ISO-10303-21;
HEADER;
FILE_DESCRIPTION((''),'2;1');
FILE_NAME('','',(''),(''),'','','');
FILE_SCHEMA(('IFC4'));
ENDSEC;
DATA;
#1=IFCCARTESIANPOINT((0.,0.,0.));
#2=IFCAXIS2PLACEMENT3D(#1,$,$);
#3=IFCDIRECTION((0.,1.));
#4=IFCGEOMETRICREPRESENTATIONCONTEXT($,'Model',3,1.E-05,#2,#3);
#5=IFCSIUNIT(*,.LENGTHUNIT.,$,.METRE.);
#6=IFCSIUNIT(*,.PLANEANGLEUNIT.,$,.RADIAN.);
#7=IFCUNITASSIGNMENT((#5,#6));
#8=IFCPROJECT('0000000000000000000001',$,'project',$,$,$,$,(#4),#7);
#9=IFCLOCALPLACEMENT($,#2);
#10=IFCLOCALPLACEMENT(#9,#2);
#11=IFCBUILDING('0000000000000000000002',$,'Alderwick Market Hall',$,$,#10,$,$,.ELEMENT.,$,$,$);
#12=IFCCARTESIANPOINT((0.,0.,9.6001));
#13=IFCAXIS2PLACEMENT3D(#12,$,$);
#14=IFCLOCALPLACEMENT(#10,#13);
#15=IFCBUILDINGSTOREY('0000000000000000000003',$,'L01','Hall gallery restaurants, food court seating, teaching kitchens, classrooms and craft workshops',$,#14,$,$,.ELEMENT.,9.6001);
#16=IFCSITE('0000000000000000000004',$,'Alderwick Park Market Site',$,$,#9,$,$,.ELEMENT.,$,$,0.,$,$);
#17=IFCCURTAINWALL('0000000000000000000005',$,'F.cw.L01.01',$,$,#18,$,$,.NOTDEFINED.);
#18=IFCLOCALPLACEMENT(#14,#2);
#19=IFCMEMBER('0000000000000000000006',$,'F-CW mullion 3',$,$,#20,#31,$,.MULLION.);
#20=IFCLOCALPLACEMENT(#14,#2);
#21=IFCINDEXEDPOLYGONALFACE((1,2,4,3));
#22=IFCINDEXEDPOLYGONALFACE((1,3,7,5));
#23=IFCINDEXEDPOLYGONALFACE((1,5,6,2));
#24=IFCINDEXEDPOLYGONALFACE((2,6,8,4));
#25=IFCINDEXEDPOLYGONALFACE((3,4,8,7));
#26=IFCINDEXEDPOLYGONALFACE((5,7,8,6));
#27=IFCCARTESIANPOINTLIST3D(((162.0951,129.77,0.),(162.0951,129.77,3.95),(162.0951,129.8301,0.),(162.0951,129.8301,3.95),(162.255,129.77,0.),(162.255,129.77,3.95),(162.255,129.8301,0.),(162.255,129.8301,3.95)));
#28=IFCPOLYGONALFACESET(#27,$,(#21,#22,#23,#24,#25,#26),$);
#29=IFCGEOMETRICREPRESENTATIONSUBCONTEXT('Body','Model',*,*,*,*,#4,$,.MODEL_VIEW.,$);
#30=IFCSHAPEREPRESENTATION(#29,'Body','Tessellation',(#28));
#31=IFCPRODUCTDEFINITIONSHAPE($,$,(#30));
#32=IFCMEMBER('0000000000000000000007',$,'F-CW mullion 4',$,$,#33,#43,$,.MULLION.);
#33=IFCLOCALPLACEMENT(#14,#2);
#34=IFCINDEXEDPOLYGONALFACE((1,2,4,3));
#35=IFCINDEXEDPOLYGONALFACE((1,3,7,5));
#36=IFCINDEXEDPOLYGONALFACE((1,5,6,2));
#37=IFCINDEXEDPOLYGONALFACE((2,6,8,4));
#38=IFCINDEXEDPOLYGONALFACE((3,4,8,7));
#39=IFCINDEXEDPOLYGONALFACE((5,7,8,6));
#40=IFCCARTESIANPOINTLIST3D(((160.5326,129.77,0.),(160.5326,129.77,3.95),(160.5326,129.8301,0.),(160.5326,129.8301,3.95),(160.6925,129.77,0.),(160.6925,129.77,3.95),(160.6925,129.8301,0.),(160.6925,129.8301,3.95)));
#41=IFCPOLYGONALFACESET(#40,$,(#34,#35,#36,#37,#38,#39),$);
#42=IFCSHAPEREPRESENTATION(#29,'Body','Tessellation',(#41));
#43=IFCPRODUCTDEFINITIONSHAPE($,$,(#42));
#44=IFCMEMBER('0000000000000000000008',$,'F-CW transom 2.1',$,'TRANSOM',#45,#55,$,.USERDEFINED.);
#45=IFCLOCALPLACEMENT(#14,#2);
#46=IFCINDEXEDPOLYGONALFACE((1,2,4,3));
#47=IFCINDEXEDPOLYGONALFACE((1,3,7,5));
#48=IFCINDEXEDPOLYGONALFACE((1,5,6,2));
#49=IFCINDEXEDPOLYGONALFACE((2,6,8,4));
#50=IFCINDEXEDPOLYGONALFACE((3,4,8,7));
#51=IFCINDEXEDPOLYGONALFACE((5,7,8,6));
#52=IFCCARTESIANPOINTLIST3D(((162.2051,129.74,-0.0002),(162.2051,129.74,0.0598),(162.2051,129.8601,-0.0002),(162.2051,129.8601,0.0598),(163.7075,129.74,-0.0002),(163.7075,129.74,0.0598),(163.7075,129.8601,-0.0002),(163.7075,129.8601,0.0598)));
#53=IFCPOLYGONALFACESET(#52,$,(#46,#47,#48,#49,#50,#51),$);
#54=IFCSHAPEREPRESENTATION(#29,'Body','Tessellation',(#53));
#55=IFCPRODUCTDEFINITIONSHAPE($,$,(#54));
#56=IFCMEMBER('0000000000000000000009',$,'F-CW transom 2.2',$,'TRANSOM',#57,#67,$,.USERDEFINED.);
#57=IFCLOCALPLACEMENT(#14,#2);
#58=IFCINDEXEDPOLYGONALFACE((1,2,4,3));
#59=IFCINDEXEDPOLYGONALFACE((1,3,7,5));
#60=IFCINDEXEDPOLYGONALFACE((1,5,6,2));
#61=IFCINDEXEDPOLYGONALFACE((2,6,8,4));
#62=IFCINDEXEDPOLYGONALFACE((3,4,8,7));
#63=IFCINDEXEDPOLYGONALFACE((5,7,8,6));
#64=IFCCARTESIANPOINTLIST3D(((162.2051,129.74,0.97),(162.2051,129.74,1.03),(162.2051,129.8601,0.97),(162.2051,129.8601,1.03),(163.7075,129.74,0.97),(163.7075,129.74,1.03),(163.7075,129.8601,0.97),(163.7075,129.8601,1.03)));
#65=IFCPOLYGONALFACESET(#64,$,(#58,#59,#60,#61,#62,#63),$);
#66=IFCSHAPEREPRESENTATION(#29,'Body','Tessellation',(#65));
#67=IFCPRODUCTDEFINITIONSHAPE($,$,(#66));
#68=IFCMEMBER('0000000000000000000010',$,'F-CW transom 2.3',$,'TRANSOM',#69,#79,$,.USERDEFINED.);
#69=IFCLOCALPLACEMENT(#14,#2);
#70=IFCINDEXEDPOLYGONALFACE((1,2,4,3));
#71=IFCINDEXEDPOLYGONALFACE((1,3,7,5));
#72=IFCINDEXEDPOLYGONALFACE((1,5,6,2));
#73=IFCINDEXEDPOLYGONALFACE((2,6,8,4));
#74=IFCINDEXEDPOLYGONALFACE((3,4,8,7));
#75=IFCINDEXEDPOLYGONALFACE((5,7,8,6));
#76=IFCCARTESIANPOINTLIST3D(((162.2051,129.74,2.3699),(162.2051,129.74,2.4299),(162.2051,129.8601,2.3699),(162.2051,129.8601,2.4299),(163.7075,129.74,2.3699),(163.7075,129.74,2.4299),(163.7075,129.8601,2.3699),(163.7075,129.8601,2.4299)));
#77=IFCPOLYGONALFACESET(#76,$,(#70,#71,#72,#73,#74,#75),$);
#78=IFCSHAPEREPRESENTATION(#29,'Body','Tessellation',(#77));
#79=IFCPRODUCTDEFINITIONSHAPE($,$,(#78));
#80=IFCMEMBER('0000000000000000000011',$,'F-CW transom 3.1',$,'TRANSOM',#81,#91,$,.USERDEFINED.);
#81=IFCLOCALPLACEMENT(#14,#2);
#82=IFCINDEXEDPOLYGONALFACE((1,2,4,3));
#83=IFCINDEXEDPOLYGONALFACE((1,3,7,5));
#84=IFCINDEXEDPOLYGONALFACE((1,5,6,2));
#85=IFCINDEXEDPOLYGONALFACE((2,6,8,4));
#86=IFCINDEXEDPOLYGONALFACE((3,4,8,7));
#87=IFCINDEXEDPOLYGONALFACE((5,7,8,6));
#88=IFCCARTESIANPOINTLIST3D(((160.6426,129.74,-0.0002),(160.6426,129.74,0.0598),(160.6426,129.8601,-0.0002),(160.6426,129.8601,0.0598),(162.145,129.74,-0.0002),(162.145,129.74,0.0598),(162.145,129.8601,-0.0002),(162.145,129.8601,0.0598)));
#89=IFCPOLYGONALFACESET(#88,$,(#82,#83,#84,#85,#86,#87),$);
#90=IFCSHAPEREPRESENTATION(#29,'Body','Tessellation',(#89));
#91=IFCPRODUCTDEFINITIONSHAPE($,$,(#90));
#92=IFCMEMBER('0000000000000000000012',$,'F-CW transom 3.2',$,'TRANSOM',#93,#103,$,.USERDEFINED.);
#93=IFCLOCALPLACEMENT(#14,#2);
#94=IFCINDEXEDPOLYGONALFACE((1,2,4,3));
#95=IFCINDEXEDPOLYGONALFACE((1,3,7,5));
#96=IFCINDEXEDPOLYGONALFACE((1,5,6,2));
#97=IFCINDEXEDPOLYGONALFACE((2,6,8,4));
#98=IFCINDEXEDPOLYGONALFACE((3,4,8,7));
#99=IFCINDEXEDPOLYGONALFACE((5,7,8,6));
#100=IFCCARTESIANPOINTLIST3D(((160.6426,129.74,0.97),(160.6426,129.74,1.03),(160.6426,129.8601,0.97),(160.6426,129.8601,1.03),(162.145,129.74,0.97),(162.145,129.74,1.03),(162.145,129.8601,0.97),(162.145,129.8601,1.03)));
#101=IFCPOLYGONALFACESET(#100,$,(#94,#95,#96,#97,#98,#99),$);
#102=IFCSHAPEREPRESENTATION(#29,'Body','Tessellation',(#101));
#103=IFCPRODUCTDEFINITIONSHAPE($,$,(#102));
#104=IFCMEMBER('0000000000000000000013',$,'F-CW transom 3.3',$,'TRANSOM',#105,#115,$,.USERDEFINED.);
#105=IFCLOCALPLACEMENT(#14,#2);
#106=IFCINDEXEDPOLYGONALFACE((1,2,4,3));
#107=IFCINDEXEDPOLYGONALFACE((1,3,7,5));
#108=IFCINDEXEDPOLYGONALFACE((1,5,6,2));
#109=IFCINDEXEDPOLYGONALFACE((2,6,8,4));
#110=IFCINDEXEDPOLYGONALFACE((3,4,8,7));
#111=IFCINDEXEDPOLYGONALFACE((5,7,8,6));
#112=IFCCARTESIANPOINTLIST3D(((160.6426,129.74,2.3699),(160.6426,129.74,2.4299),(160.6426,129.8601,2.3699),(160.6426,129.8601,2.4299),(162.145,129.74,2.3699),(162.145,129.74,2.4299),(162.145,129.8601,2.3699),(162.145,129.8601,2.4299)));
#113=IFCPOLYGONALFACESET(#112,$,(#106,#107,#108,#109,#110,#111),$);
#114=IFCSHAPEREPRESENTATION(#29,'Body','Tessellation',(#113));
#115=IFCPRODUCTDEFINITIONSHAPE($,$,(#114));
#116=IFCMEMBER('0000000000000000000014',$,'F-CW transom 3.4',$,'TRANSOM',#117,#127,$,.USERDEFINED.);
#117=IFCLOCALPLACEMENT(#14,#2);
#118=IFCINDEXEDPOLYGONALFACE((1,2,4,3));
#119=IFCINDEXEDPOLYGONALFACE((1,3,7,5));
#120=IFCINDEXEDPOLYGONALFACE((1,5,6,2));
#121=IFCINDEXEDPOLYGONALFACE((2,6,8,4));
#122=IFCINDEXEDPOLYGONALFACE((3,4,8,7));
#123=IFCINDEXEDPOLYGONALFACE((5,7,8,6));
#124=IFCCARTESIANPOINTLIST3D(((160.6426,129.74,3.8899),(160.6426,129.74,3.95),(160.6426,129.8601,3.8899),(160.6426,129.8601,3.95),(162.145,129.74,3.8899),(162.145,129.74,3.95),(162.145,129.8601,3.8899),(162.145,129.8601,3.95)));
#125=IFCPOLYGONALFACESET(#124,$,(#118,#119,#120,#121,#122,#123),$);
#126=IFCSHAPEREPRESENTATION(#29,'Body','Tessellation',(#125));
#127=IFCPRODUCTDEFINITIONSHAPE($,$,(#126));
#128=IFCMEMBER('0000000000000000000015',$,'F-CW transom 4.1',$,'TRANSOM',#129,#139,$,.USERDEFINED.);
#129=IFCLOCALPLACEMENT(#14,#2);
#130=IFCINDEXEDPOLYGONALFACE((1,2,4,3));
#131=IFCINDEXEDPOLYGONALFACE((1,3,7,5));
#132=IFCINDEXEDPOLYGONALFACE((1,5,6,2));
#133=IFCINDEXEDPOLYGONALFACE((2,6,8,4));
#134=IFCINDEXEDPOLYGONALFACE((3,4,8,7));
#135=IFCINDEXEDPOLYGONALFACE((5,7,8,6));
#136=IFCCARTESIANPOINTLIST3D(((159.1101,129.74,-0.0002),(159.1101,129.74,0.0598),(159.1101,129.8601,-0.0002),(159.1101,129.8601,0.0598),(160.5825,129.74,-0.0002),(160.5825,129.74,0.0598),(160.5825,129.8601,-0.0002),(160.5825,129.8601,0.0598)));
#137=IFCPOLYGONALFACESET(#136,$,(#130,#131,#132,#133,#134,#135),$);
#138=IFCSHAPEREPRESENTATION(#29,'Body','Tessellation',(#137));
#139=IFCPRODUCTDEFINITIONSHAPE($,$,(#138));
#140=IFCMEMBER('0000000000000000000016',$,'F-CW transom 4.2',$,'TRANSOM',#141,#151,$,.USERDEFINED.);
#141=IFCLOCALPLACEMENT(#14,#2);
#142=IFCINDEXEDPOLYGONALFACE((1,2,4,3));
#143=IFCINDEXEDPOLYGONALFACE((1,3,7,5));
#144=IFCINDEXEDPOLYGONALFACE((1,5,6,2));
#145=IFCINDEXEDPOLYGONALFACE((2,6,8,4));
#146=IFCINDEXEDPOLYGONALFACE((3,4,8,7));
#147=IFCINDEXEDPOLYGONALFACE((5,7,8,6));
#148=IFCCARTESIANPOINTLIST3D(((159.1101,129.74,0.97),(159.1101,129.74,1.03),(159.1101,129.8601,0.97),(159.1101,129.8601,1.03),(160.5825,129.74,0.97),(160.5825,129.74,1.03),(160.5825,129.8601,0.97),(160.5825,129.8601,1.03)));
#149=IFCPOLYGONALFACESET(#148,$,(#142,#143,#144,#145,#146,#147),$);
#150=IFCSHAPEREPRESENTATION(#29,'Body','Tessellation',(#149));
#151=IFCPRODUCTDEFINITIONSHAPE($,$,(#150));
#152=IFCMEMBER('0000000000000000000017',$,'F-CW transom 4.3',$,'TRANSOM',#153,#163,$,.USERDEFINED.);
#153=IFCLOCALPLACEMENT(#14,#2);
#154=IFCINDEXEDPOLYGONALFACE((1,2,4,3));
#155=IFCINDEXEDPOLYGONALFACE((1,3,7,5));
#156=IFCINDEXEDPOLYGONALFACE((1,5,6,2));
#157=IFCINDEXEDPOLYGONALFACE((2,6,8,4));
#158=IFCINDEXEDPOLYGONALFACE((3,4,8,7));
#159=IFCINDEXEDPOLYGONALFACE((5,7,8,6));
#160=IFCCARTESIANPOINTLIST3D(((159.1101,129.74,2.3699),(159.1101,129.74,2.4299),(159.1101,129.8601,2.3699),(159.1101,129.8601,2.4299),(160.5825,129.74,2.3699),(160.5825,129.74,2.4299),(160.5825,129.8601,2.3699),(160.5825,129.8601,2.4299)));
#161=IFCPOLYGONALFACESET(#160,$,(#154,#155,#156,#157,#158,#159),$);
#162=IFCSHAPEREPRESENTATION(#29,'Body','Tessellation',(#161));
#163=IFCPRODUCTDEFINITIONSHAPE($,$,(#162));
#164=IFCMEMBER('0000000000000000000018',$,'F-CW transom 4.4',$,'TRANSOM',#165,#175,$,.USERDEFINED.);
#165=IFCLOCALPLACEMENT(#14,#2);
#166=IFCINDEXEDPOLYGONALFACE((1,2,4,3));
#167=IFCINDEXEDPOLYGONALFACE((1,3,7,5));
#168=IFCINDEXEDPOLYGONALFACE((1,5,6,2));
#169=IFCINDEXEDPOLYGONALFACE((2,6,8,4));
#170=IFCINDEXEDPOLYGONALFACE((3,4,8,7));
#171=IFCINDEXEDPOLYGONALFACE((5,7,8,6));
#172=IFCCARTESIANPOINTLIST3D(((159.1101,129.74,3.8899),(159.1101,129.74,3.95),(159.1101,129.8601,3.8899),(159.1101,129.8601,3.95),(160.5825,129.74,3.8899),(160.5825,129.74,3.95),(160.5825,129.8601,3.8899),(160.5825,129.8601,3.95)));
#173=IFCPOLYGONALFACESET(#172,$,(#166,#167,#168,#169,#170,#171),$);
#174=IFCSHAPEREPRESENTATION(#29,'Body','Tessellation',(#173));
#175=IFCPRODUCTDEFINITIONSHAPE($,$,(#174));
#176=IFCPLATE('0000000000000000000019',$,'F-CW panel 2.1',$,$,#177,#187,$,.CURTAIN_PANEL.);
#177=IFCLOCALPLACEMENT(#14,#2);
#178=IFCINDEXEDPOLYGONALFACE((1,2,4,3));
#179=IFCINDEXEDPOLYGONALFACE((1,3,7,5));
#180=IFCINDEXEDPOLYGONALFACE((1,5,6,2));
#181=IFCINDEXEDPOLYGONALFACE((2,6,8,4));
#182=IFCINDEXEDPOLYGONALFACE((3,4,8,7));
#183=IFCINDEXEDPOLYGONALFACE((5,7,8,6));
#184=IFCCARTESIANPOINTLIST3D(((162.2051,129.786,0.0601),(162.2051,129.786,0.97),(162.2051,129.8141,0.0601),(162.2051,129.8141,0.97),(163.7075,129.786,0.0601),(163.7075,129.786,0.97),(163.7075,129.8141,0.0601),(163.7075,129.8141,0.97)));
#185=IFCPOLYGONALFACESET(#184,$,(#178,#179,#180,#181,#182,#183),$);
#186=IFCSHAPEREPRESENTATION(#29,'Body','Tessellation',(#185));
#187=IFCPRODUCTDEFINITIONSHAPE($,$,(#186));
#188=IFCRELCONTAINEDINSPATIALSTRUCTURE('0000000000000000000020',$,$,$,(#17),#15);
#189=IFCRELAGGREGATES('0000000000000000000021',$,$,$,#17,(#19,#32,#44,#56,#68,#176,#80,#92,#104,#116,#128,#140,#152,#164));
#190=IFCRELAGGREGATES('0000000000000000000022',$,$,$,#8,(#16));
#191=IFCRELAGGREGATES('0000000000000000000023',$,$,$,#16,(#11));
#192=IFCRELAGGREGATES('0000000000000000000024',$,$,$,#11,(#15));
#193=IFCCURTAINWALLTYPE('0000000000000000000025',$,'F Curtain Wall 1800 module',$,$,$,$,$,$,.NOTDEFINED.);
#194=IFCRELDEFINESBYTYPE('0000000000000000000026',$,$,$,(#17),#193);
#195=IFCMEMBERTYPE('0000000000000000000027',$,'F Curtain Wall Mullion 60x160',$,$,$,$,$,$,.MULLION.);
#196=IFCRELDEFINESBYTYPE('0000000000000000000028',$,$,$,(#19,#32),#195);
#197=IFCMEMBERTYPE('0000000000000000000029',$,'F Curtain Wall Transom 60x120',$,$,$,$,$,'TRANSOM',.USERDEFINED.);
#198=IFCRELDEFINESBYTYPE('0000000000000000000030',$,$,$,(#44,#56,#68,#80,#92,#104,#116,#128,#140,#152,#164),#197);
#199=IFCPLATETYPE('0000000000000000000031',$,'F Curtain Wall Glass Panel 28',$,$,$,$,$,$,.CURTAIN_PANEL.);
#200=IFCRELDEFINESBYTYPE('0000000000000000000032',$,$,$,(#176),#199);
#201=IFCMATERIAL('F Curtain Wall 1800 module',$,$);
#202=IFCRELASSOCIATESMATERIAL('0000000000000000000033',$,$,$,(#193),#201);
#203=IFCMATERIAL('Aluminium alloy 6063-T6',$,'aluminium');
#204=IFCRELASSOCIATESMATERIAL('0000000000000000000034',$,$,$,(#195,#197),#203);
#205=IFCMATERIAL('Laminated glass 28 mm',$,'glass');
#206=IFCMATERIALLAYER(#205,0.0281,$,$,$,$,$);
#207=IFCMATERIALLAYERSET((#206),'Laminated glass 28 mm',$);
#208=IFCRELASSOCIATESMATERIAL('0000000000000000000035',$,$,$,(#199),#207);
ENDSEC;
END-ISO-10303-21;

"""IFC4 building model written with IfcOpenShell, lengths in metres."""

from ifc_helpers import new_model, si_unit, direction, frame, origin, origin_2d, place, context, subcontext, project, spatial, rectangle, extrude, material, layer, layer_set, material_profile, profile_set, type_object, element, aggregate, save


model = new_model("IFC4")

# Units and contexts
model_context = context("Model", 3, precision=1e-05, world=origin(), true_north=direction((0.0, 1.0)))
body_context = subcontext(model_context, "Body", "Model", "MODEL_VIEW")
ifc_project = project(units=[si_unit("LENGTHUNIT", "METRE"), si_unit("PLANEANGLEUNIT", "RADIAN")], contexts=[model_context])

# Site, building, storey
site_placement = place(None, origin())
site = spatial("IfcSite", under=ifc_project, at=site_placement, Name="Alderwick Park Market Site", CompositionType="ELEMENT", RefElevation=0.0)
building_placement = place(site_placement, origin())
building = spatial("IfcBuilding", under=site, at=building_placement, Name="Alderwick Market Hall", CompositionType="ELEMENT")
storey_placement = place(building_placement, frame((0.0, 0.0, 9.6001)))
storey = spatial("IfcBuildingStorey", under=building, at=storey_placement, Name="L01", Description="Hall gallery restaurants, food court seating, teaching kitchens, classrooms and craft workshops", CompositionType="ELEMENT", Elevation=9.6001)

# Curtain wall, members, plate
ifc_material_1 = material(Name="F Curtain Wall 1800 module")
curtain_wall_type = type_object("IfcCurtainWallType", Name="F Curtain Wall 1800 module", PredefinedType="NOTDEFINED", material=ifc_material_1)
curtain_wall_placement = place(storey_placement, origin())
curtain_wall = element("IfcCurtainWall", 1, at=curtain_wall_placement, inside=storey, type_object=curtain_wall_type, Name="F.cw.L01.01", PredefinedType="NOTDEFINED")
ifc_material_2 = material(Name="Aluminium alloy 6063-T6", Category="aluminium")
ifc_material_profile_1 = material_profile(ifc_material_2, rectangle(XDim=0.0601, YDim=0.1599, at=origin_2d()), Name="AL 60x160")
ifc_profile_set_1 = profile_set([ifc_material_profile_1], Name="Aluminium alloy 6063-T6")
member_type_1 = type_object("IfcMemberType", Name="F Curtain Wall Mullion 60x160", PredefinedType="MULLION", material=ifc_profile_set_1)
member_1_placement = place(storey_placement, frame((162.175, 129.8, 0.0), z_axis=(0.0, 0.0, 1.0), x_axis=(0.0, -1.0, 0.0)))
member_1 = element("IfcMember", 2, at=member_1_placement, type_object=member_type_1, Name="F-CW mullion 3", PredefinedType="MULLION", context=body_context, shape_type="SweptSolid", body=[
    extrude(rectangle(XDim=0.0601, YDim=0.1599, at=origin_2d()), origin(), (0.0, 0.0, 1.0), 3.95),
])
member_2_placement = place(storey_placement, frame((160.6125, 129.8, 0.0), z_axis=(0.0, 0.0, 1.0), x_axis=(0.0, -1.0, 0.0)))
member_2 = element("IfcMember", 3, at=member_2_placement, type_object=member_type_1, Name="F-CW mullion 4", PredefinedType="MULLION", context=body_context, shape_type="SweptSolid", body=[
    extrude(rectangle(XDim=0.0601, YDim=0.1599, at=origin_2d()), origin(), (0.0, 0.0, 1.0), 3.95),
])
ifc_material_profile_2 = material_profile(ifc_material_2, rectangle(XDim=0.1201, YDim=0.0601, at=origin_2d()), Name="AL 60x120")
ifc_profile_set_2 = profile_set([ifc_material_profile_2], Name="Aluminium alloy 6063-T6")
member_type_2 = type_object("IfcMemberType", Name="F Curtain Wall Transom 60x120", ElementType="TRANSOM", PredefinedType="USERDEFINED", material=ifc_profile_set_2)
member_3_placement = place(storey_placement, frame((163.7075, 129.8, 0.0298), z_axis=(-1.0, 0.0, 0.0), x_axis=(0.0, -1.0, 0.0)))
member_3 = element("IfcMember", 4, at=member_3_placement, type_object=member_type_2, Name="F-CW transom 2.1", ObjectType="TRANSOM", PredefinedType="USERDEFINED", context=body_context, shape_type="SweptSolid", body=[
    extrude(rectangle(XDim=0.1201, YDim=0.0601, at=origin_2d()), origin(), (0.0, 0.0, 1.0), 1.5024),
])
member_4_placement = place(storey_placement, frame((163.7075, 129.8, 1.0), z_axis=(-1.0, 0.0, 0.0), x_axis=(0.0, -1.0, 0.0)))
member_4 = element("IfcMember", 5, at=member_4_placement, type_object=member_type_2, Name="F-CW transom 2.2", ObjectType="TRANSOM", PredefinedType="USERDEFINED", context=body_context, shape_type="SweptSolid", body=[
    extrude(rectangle(XDim=0.1201, YDim=0.0601, at=origin_2d()), origin(), (0.0, 0.0, 1.0), 1.5024),
])
member_5_placement = place(storey_placement, frame((163.7075, 129.8, 2.3999), z_axis=(-1.0, 0.0, 0.0), x_axis=(0.0, -1.0, 0.0)))
member_5 = element("IfcMember", 6, at=member_5_placement, type_object=member_type_2, Name="F-CW transom 2.3", ObjectType="TRANSOM", PredefinedType="USERDEFINED", context=body_context, shape_type="SweptSolid", body=[
    extrude(rectangle(XDim=0.1201, YDim=0.0601, at=origin_2d()), origin(), (0.0, 0.0, 1.0), 1.5024),
])
member_6_placement = place(storey_placement, frame((162.145, 129.8, 0.0298), z_axis=(-1.0, 0.0, 0.0), x_axis=(0.0, -1.0, 0.0)))
member_6 = element("IfcMember", 7, at=member_6_placement, type_object=member_type_2, Name="F-CW transom 3.1", ObjectType="TRANSOM", PredefinedType="USERDEFINED", context=body_context, shape_type="SweptSolid", body=[
    extrude(rectangle(XDim=0.1201, YDim=0.0601, at=origin_2d()), origin(), (0.0, 0.0, 1.0), 1.5024),
])
member_7_placement = place(storey_placement, frame((162.145, 129.8, 1.0), z_axis=(-1.0, 0.0, 0.0), x_axis=(0.0, -1.0, 0.0)))
member_7 = element("IfcMember", 8, at=member_7_placement, type_object=member_type_2, Name="F-CW transom 3.2", ObjectType="TRANSOM", PredefinedType="USERDEFINED", context=body_context, shape_type="SweptSolid", body=[
    extrude(rectangle(XDim=0.1201, YDim=0.0601, at=origin_2d()), origin(), (0.0, 0.0, 1.0), 1.5024),
])
member_8_placement = place(storey_placement, frame((162.145, 129.8, 2.3999), z_axis=(-1.0, 0.0, 0.0), x_axis=(0.0, -1.0, 0.0)))
member_8 = element("IfcMember", 9, at=member_8_placement, type_object=member_type_2, Name="F-CW transom 3.3", ObjectType="TRANSOM", PredefinedType="USERDEFINED", context=body_context, shape_type="SweptSolid", body=[
    extrude(rectangle(XDim=0.1201, YDim=0.0601, at=origin_2d()), origin(), (0.0, 0.0, 1.0), 1.5024),
])
member_9_placement = place(storey_placement, frame((162.145, 129.8, 3.9199), z_axis=(-1.0, 0.0, 0.0), x_axis=(0.0, -1.0, 0.0)))
member_9 = element("IfcMember", 10, at=member_9_placement, type_object=member_type_2, Name="F-CW transom 3.4", ObjectType="TRANSOM", PredefinedType="USERDEFINED", context=body_context, shape_type="SweptSolid", body=[
    extrude(rectangle(XDim=0.1201, YDim=0.0601, at=origin_2d()), origin(), (0.0, 0.0, 1.0), 1.5024),
])
member_10_placement = place(storey_placement, frame((160.5825, 129.8, 0.0298), z_axis=(-1.0, 0.0, 0.0), x_axis=(0.0, -1.0, 0.0)))
member_10 = element("IfcMember", 11, at=member_10_placement, type_object=member_type_2, Name="F-CW transom 4.1", ObjectType="TRANSOM", PredefinedType="USERDEFINED", context=body_context, shape_type="SweptSolid", body=[
    extrude(rectangle(XDim=0.1201, YDim=0.0601, at=origin_2d()), origin(), (0.0, 0.0, 1.0), 1.4724),
])
member_11_placement = place(storey_placement, frame((160.5825, 129.8, 1.0), z_axis=(-1.0, 0.0, 0.0), x_axis=(0.0, -1.0, 0.0)))
member_11 = element("IfcMember", 12, at=member_11_placement, type_object=member_type_2, Name="F-CW transom 4.2", ObjectType="TRANSOM", PredefinedType="USERDEFINED", context=body_context, shape_type="SweptSolid", body=[
    extrude(rectangle(XDim=0.1201, YDim=0.0601, at=origin_2d()), origin(), (0.0, 0.0, 1.0), 1.4724),
])
member_12_placement = place(storey_placement, frame((160.5825, 129.8, 2.3999), z_axis=(-1.0, 0.0, 0.0), x_axis=(0.0, -1.0, 0.0)))
member_12 = element("IfcMember", 13, at=member_12_placement, type_object=member_type_2, Name="F-CW transom 4.3", ObjectType="TRANSOM", PredefinedType="USERDEFINED", context=body_context, shape_type="SweptSolid", body=[
    extrude(rectangle(XDim=0.1201, YDim=0.0601, at=origin_2d()), origin(), (0.0, 0.0, 1.0), 1.4724),
])
member_13_placement = place(storey_placement, frame((160.5825, 129.8, 3.9199), z_axis=(-1.0, 0.0, 0.0), x_axis=(0.0, -1.0, 0.0)))
member_13 = element("IfcMember", 14, at=member_13_placement, type_object=member_type_2, Name="F-CW transom 4.4", ObjectType="TRANSOM", PredefinedType="USERDEFINED", context=body_context, shape_type="SweptSolid", body=[
    extrude(rectangle(XDim=0.1201, YDim=0.0601, at=origin_2d()), origin(), (0.0, 0.0, 1.0), 1.4724),
])
ifc_material_3 = material(Name="Laminated glass 28 mm", Category="glass")
ifc_layer = layer(ifc_material_3, 0.0281)
ifc_layer_set = layer_set([ifc_layer], Name="Laminated glass 28 mm")
plate_type = type_object("IfcPlateType", Name="F Curtain Wall Glass Panel 28", PredefinedType="CURTAIN_PANEL", material=ifc_layer_set)
plate_1_placement = place(storey_placement, frame((162.9563, 129.8, 0.0601), z_axis=(0.0, 0.0, 1.0), x_axis=(-1.0, 0.0, 0.0)))
plate_1 = element("IfcPlate", 15, at=plate_1_placement, type_object=plate_type, Name="F-CW panel 2.1", PredefinedType="CURTAIN_PANEL", context=body_context, shape_type="SweptSolid", body=[
    extrude(rectangle(XDim=1.5024, YDim=0.0281, at=origin_2d()), origin(), (0.0, 0.0, 1.0), 0.9099),
])
aggregate(curtain_wall, [member_1, member_2, member_3, member_4, member_5, plate_1, member_6, member_7, member_8, member_9, member_10, member_11, member_12, member_13])

save(model, "model.ifc")
